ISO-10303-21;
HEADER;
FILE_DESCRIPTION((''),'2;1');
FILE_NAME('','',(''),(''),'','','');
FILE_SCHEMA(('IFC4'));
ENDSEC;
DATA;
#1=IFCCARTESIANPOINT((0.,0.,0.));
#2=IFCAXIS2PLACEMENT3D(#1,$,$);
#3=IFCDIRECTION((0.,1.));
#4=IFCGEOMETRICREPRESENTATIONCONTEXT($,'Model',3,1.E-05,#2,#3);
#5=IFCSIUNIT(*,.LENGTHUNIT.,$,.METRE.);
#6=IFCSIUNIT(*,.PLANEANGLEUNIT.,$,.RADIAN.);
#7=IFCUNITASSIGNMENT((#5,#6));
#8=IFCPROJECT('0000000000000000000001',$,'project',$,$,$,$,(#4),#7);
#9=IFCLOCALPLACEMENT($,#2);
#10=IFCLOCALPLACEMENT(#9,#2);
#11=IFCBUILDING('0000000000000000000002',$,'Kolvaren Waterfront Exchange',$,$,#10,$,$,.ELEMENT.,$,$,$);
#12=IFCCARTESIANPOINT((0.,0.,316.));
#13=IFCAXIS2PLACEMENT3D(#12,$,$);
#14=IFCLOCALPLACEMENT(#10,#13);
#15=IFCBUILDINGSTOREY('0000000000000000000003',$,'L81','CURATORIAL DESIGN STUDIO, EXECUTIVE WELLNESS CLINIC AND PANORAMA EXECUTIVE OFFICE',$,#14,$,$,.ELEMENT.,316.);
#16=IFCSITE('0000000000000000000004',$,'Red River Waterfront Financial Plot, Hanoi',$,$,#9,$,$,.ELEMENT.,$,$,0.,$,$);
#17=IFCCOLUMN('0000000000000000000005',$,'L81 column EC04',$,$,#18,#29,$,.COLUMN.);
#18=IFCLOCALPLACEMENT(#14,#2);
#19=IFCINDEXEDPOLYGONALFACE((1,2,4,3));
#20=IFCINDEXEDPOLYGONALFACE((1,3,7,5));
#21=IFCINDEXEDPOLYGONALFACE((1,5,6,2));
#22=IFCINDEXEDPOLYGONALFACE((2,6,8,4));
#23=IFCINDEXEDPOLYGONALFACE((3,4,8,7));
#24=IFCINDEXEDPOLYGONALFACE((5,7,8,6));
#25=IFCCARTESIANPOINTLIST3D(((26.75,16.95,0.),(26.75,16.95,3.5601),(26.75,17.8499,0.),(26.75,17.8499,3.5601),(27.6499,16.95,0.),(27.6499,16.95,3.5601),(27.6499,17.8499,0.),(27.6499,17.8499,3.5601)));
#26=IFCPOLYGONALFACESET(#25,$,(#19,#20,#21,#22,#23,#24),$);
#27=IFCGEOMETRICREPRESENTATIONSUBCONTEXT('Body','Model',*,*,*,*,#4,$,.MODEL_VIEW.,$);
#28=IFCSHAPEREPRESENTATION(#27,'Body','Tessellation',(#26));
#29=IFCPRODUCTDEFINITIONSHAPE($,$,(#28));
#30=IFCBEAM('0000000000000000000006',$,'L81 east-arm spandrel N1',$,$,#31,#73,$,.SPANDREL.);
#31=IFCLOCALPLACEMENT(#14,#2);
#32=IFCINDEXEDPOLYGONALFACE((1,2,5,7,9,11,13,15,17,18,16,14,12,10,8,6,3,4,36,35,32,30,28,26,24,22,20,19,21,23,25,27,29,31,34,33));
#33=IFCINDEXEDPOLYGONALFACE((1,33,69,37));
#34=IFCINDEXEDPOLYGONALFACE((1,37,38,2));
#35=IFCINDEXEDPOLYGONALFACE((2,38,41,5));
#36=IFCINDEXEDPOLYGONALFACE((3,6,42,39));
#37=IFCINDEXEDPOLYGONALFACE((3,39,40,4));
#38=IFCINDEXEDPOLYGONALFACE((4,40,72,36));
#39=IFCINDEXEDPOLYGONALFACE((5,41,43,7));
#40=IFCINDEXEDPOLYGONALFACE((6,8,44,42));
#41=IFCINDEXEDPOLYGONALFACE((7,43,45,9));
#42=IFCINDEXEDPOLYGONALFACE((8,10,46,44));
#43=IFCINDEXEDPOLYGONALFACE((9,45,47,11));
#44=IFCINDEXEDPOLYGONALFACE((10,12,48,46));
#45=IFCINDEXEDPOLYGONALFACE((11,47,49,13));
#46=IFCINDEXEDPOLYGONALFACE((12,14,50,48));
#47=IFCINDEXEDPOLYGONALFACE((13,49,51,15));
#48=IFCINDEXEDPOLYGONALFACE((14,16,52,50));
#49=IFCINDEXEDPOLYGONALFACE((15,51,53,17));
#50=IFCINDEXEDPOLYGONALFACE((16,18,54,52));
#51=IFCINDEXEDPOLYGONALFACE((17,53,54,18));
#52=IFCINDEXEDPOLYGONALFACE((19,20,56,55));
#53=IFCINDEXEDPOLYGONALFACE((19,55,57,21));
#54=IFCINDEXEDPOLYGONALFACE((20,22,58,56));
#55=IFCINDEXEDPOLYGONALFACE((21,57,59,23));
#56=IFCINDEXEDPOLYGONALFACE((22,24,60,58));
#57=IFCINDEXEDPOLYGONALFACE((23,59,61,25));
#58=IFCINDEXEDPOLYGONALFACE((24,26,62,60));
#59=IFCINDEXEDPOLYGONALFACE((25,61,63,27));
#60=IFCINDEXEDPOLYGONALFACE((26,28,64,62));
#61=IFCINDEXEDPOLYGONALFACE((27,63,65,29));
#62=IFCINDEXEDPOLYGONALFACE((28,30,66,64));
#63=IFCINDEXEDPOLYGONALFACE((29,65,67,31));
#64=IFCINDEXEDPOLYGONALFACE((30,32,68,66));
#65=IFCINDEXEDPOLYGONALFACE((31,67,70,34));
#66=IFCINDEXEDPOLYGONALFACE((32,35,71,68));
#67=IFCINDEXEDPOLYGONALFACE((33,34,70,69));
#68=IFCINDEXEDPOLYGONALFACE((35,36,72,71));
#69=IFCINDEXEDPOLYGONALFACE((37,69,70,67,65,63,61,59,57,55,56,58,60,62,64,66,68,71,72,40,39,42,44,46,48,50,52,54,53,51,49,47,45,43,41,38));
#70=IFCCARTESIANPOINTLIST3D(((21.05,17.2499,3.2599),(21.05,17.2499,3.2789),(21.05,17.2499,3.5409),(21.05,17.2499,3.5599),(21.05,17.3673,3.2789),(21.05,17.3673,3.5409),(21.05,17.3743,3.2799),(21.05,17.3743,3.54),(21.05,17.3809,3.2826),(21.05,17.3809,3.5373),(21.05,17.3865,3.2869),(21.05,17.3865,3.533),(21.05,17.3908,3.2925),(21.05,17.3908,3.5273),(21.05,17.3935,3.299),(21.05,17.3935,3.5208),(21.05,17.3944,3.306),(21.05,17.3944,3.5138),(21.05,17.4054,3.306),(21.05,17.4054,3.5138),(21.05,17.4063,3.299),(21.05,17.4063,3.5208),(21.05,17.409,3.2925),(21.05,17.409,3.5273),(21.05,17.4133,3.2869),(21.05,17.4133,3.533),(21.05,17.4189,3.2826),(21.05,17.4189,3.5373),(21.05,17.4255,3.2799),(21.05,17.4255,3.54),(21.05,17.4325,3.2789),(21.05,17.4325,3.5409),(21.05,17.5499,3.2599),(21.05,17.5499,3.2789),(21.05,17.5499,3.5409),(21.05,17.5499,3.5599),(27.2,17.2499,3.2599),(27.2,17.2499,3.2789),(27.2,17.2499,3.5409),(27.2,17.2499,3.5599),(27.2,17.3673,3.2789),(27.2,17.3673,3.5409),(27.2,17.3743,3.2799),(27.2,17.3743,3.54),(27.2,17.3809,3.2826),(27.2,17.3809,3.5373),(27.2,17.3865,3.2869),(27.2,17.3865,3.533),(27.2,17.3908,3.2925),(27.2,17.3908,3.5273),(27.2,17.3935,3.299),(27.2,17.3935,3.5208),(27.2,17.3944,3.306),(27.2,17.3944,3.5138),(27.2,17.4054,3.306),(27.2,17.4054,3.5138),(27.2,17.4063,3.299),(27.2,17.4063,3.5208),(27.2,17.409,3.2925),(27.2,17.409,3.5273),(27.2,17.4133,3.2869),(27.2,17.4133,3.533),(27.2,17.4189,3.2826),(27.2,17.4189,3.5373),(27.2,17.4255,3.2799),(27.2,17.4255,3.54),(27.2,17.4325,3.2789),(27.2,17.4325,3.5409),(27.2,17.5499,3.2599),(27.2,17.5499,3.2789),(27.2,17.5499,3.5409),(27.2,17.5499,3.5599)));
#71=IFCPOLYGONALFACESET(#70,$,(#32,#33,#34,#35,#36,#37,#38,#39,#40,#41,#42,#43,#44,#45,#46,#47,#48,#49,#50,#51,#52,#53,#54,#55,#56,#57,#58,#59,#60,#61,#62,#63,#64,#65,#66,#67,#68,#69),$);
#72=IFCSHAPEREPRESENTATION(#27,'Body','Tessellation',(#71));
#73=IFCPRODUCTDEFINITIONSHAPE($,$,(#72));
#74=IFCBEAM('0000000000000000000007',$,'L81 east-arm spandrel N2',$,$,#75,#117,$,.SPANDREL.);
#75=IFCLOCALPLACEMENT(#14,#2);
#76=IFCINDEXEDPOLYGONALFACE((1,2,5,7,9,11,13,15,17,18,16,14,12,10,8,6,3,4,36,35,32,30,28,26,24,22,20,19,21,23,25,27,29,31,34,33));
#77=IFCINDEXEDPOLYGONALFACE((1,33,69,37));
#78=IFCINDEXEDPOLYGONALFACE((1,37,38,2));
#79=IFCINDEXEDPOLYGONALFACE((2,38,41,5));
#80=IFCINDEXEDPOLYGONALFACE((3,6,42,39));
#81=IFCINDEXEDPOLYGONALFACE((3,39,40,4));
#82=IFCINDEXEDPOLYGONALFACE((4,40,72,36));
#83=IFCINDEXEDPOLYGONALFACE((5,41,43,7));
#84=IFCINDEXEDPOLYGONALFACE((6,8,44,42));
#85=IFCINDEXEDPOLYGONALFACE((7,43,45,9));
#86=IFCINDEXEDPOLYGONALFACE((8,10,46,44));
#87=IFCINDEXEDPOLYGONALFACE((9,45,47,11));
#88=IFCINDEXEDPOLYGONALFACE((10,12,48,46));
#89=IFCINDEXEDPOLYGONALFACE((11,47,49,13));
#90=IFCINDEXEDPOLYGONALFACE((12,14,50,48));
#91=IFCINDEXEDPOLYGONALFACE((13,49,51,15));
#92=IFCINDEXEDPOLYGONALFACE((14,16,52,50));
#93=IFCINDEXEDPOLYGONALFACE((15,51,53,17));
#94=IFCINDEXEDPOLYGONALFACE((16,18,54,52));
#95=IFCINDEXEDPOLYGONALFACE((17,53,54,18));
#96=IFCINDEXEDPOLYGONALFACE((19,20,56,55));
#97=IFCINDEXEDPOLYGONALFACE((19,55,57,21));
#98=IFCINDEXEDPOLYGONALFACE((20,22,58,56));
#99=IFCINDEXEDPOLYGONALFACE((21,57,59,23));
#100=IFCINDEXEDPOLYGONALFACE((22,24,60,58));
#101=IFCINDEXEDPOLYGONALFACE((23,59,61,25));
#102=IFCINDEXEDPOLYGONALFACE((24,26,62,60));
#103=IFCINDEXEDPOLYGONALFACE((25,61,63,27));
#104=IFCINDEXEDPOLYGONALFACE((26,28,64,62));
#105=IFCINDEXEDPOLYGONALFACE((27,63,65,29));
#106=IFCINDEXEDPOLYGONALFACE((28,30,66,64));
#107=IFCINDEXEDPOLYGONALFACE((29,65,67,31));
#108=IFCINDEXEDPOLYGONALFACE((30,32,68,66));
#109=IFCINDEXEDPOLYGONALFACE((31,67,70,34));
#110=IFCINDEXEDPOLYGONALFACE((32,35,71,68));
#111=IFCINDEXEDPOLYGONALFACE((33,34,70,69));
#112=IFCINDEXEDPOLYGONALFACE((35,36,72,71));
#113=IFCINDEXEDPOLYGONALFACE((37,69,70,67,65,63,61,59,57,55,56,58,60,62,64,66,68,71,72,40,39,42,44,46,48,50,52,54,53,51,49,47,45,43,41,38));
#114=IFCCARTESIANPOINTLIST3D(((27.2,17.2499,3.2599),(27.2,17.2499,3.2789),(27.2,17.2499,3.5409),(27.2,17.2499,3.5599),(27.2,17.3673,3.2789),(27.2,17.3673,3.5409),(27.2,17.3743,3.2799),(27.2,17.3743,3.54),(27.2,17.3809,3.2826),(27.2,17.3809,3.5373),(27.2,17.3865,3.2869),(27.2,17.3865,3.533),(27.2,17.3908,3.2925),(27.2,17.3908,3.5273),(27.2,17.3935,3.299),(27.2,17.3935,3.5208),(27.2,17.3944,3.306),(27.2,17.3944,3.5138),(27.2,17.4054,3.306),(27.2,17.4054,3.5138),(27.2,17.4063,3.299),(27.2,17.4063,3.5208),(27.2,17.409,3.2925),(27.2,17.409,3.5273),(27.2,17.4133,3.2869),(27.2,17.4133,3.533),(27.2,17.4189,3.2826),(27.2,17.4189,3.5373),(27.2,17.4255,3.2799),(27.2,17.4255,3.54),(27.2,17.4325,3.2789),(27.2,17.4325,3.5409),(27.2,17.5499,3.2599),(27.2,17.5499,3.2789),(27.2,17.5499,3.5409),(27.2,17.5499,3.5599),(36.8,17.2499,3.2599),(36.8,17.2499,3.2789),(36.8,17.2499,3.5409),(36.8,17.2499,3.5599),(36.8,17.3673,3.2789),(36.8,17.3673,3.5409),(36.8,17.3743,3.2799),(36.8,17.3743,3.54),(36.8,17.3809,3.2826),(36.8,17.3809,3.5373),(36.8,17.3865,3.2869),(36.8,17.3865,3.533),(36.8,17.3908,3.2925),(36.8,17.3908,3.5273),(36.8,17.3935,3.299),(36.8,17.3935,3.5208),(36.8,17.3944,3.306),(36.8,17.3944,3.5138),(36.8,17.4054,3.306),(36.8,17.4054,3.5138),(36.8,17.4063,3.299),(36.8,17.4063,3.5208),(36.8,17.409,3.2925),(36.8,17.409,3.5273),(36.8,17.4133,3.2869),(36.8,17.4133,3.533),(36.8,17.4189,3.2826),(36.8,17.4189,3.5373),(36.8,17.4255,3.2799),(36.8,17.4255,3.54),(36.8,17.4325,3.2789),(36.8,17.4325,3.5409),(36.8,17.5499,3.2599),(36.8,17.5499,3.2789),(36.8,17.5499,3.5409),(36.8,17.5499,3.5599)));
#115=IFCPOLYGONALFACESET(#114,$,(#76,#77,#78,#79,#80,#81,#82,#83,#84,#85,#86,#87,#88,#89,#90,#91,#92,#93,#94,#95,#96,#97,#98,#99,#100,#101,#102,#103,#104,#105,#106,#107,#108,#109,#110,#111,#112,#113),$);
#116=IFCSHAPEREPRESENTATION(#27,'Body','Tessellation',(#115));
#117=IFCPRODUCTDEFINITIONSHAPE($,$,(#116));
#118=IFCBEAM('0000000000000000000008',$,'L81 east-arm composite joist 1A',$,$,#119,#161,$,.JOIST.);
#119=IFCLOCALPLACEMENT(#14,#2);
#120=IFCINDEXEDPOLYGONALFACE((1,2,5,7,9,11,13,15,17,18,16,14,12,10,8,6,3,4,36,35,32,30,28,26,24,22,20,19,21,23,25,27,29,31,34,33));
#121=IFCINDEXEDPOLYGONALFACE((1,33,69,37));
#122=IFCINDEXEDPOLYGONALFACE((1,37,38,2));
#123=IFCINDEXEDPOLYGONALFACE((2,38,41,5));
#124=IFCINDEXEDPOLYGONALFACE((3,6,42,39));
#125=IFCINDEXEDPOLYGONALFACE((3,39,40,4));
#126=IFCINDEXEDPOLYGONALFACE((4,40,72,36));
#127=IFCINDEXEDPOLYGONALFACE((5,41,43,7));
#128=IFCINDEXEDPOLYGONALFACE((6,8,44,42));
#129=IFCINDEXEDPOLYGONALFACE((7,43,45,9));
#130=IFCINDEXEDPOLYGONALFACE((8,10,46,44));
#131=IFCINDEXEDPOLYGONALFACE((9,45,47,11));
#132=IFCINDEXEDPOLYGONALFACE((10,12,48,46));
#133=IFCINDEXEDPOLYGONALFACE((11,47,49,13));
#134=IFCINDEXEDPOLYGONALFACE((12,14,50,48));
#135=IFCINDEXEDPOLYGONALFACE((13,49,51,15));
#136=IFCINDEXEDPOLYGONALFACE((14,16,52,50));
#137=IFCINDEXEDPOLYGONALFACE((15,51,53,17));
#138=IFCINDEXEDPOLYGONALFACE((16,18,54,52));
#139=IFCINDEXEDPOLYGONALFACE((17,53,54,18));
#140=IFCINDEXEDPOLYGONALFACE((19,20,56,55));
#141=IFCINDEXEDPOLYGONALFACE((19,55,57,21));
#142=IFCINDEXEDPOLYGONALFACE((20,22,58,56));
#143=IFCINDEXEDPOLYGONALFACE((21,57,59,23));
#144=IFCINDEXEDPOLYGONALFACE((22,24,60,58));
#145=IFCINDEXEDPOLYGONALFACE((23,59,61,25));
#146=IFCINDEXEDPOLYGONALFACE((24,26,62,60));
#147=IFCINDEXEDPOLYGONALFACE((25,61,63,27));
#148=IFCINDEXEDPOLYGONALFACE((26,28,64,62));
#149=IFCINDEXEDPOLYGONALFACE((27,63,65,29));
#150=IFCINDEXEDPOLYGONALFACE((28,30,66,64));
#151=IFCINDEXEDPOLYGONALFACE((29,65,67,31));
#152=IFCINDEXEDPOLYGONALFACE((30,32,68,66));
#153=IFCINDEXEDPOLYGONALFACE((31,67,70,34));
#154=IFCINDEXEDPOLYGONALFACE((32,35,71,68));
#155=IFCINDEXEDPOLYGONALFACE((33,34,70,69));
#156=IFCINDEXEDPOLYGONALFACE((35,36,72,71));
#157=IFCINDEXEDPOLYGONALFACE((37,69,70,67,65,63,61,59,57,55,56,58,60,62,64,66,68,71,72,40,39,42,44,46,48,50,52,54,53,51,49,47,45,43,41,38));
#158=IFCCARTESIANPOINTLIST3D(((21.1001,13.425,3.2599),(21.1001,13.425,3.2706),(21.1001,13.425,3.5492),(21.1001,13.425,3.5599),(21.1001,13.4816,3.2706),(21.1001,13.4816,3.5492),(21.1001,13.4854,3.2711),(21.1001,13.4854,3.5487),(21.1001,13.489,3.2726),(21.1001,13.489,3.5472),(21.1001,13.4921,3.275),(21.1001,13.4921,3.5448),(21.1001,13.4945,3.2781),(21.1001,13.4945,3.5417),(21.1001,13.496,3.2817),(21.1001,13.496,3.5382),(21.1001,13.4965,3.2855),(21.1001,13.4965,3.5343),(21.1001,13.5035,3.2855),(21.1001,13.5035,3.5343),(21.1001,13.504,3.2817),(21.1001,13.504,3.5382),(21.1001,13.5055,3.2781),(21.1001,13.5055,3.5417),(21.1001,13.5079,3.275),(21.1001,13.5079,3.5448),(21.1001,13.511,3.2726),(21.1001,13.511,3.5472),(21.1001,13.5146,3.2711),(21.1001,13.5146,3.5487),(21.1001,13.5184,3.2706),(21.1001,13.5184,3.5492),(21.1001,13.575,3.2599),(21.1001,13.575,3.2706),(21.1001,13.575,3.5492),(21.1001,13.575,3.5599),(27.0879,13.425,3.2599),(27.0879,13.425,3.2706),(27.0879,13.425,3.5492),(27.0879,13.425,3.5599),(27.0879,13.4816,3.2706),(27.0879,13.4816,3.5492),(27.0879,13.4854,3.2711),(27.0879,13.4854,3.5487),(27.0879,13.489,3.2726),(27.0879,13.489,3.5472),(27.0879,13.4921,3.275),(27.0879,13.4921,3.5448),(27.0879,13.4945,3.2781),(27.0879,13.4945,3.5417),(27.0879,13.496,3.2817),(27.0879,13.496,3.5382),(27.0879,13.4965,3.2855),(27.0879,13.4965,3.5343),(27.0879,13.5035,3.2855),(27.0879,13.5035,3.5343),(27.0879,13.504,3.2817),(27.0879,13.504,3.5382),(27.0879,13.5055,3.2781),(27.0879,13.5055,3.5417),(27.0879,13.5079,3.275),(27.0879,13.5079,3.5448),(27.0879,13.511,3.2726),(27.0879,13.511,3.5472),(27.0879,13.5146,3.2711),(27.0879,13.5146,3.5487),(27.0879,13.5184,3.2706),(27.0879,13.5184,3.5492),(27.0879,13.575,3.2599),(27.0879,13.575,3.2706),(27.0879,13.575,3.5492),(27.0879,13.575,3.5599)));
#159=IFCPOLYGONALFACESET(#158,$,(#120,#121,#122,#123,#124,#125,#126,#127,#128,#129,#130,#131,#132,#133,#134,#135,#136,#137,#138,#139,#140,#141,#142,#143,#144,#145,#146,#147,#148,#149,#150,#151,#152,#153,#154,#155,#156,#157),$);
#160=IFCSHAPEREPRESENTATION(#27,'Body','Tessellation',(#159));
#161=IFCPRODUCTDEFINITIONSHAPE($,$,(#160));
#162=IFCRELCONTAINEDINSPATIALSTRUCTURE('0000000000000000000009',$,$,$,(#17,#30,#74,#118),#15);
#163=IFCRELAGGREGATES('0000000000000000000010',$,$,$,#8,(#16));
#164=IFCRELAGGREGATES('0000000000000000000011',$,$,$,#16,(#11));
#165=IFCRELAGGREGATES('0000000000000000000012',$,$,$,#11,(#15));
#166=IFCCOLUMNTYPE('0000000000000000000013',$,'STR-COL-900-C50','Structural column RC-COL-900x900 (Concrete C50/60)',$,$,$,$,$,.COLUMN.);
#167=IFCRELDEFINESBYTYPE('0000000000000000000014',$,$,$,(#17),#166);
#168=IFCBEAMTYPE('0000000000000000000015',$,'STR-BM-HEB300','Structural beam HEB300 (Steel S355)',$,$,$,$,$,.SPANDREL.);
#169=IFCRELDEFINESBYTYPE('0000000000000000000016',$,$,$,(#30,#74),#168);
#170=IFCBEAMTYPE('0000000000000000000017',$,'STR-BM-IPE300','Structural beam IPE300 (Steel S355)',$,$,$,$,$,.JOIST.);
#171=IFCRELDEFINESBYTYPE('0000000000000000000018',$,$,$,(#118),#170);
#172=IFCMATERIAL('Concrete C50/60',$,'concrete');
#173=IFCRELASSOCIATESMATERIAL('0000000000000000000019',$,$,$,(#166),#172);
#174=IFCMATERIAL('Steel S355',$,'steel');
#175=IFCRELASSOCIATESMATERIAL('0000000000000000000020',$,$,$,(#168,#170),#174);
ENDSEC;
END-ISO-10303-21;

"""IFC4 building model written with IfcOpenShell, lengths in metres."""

from ifc_helpers import new_model, si_unit, direction, frame, origin, origin_2d, place, context, subcontext, project, spatial, rectangle, i_section, extrude, material, material_profile, profile_set, type_object, element, save


model = new_model("IFC4")

# Units and contexts
model_context = context("Model", 3, precision=1e-05, world=origin(), true_north=direction((0.0, 1.0)))
body_context = subcontext(model_context, "Body", "Model", "MODEL_VIEW")
ifc_project = project(units=[si_unit("LENGTHUNIT", "METRE"), si_unit("PLANEANGLEUNIT", "RADIAN")], contexts=[model_context])

# Site, building, storey
site_placement = place(None, origin())
site = spatial("IfcSite", under=ifc_project, at=site_placement, Name="Red River Waterfront Financial Plot, Hanoi", CompositionType="ELEMENT", RefElevation=0.0)
building_placement = place(site_placement, origin())
building = spatial("IfcBuilding", under=site, at=building_placement, Name="Kolvaren Waterfront Exchange", CompositionType="ELEMENT")
storey_placement = place(building_placement, frame((0.0, 0.0, 316.0)))
storey = spatial("IfcBuildingStorey", under=building, at=storey_placement, Name="L81", Description="CURATORIAL DESIGN STUDIO, EXECUTIVE WELLNESS CLINIC AND PANORAMA EXECUTIVE OFFICE", CompositionType="ELEMENT", Elevation=316.0)

# Column
ifc_material_1 = material(Name="Concrete C50/60", Category="concrete")
ifc_material_profile_1 = material_profile(ifc_material_1, rectangle(XDim=0.8999, YDim=0.8999, at=origin_2d()), Name="RC-COL-900x900")
ifc_profile_set_1 = profile_set([ifc_material_profile_1], Name="Concrete C50/60")
column_type = type_object("IfcColumnType", Name="STR-COL-900-C50", Description="Structural column RC-COL-900x900 (Concrete C50/60)", PredefinedType="COLUMN", material=ifc_profile_set_1)
column_placement = place(storey_placement, frame((27.2, 17.3999, 0.0), z_axis=(0.0, 0.0, 1.0), x_axis=(1.0, 0.0, 0.0)))
element("IfcColumn", 1, at=column_placement, inside=storey, type_object=column_type, Name="L81 column EC04", PredefinedType="COLUMN", context=body_context, shape_type="SweptSolid", body=[
    extrude(rectangle(XDim=0.8999, YDim=0.8999, at=origin_2d()), origin(), (0.0, 0.0, 1.0), 3.5601),
])

# Beams
ifc_material_2 = material(Name="Steel S355", Category="steel")
ifc_material_profile_2 = material_profile(ifc_material_2, i_section(OverallWidth=0.3, OverallDepth=0.3, WebThickness=0.011, FlangeThickness=0.019, FilletRadius=0.0271, at=origin_2d()), Name="HEB300")
ifc_profile_set_2 = profile_set([ifc_material_profile_2], Name="Steel S355")
beam_type_1 = type_object("IfcBeamType", Name="STR-BM-HEB300", Description="Structural beam HEB300 (Steel S355)", PredefinedType="SPANDREL", material=ifc_profile_set_2)
beam_1_placement = place(storey_placement, frame((21.05, 17.3999, 3.4099), z_axis=(1.0, 0.0, 0.0), x_axis=(0.0, 1.0, 0.0)))
element("IfcBeam", 2, at=beam_1_placement, inside=storey, type_object=beam_type_1, Name="L81 east-arm spandrel N1", PredefinedType="SPANDREL", context=body_context, shape_type="SweptSolid", body=[
    extrude(i_section(OverallWidth=0.3, OverallDepth=0.3, WebThickness=0.011, FlangeThickness=0.019, FilletRadius=0.0271, at=origin_2d()), origin(), (0.0, 0.0, 1.0), 6.1499),
])
beam_2_placement = place(storey_placement, frame((27.2, 17.3999, 3.4099), z_axis=(1.0, 0.0, 0.0), x_axis=(0.0, 1.0, 0.0)))
element("IfcBeam", 3, at=beam_2_placement, inside=storey, type_object=beam_type_1, Name="L81 east-arm spandrel N2", PredefinedType="SPANDREL", context=body_context, shape_type="SweptSolid", body=[
    extrude(i_section(OverallWidth=0.3, OverallDepth=0.3, WebThickness=0.011, FlangeThickness=0.019, FilletRadius=0.0271, at=origin_2d()), origin(), (0.0, 0.0, 1.0), 9.6001),
])
ifc_material_profile_3 = material_profile(ifc_material_2, i_section(OverallWidth=0.1499, OverallDepth=0.3, WebThickness=0.0071, FlangeThickness=0.0107, FilletRadius=0.0149, at=origin_2d()), Name="IPE300")
ifc_profile_set_3 = profile_set([ifc_material_profile_3], Name="Steel S355")
beam_type_2 = type_object("IfcBeamType", Name="STR-BM-IPE300", Description="Structural beam IPE300 (Steel S355)", PredefinedType="JOIST", material=ifc_profile_set_3)
for number, where, z_axis, x_axis, name in (
    (4, (21.1001, 13.5, 3.4099), (1.0, 0.0, 0.0), (0.0, 1.0, 0.0), "L81 east-arm composite joist 1A"),
):
    element("IfcBeam", number, at=place(storey_placement, frame(where, z_axis=z_axis, x_axis=x_axis)), inside=storey, type_object=beam_type_2, Name=name, PredefinedType="JOIST", context=body_context, shape_type="SweptSolid", body=[
        extrude(i_section(OverallWidth=0.1499, OverallDepth=0.3, WebThickness=0.0071, FlangeThickness=0.0107, FilletRadius=0.0149, at=origin_2d()), origin(), (0.0, 0.0, 1.0), 5.9878),
    ])

save(model, "model.ifc")
